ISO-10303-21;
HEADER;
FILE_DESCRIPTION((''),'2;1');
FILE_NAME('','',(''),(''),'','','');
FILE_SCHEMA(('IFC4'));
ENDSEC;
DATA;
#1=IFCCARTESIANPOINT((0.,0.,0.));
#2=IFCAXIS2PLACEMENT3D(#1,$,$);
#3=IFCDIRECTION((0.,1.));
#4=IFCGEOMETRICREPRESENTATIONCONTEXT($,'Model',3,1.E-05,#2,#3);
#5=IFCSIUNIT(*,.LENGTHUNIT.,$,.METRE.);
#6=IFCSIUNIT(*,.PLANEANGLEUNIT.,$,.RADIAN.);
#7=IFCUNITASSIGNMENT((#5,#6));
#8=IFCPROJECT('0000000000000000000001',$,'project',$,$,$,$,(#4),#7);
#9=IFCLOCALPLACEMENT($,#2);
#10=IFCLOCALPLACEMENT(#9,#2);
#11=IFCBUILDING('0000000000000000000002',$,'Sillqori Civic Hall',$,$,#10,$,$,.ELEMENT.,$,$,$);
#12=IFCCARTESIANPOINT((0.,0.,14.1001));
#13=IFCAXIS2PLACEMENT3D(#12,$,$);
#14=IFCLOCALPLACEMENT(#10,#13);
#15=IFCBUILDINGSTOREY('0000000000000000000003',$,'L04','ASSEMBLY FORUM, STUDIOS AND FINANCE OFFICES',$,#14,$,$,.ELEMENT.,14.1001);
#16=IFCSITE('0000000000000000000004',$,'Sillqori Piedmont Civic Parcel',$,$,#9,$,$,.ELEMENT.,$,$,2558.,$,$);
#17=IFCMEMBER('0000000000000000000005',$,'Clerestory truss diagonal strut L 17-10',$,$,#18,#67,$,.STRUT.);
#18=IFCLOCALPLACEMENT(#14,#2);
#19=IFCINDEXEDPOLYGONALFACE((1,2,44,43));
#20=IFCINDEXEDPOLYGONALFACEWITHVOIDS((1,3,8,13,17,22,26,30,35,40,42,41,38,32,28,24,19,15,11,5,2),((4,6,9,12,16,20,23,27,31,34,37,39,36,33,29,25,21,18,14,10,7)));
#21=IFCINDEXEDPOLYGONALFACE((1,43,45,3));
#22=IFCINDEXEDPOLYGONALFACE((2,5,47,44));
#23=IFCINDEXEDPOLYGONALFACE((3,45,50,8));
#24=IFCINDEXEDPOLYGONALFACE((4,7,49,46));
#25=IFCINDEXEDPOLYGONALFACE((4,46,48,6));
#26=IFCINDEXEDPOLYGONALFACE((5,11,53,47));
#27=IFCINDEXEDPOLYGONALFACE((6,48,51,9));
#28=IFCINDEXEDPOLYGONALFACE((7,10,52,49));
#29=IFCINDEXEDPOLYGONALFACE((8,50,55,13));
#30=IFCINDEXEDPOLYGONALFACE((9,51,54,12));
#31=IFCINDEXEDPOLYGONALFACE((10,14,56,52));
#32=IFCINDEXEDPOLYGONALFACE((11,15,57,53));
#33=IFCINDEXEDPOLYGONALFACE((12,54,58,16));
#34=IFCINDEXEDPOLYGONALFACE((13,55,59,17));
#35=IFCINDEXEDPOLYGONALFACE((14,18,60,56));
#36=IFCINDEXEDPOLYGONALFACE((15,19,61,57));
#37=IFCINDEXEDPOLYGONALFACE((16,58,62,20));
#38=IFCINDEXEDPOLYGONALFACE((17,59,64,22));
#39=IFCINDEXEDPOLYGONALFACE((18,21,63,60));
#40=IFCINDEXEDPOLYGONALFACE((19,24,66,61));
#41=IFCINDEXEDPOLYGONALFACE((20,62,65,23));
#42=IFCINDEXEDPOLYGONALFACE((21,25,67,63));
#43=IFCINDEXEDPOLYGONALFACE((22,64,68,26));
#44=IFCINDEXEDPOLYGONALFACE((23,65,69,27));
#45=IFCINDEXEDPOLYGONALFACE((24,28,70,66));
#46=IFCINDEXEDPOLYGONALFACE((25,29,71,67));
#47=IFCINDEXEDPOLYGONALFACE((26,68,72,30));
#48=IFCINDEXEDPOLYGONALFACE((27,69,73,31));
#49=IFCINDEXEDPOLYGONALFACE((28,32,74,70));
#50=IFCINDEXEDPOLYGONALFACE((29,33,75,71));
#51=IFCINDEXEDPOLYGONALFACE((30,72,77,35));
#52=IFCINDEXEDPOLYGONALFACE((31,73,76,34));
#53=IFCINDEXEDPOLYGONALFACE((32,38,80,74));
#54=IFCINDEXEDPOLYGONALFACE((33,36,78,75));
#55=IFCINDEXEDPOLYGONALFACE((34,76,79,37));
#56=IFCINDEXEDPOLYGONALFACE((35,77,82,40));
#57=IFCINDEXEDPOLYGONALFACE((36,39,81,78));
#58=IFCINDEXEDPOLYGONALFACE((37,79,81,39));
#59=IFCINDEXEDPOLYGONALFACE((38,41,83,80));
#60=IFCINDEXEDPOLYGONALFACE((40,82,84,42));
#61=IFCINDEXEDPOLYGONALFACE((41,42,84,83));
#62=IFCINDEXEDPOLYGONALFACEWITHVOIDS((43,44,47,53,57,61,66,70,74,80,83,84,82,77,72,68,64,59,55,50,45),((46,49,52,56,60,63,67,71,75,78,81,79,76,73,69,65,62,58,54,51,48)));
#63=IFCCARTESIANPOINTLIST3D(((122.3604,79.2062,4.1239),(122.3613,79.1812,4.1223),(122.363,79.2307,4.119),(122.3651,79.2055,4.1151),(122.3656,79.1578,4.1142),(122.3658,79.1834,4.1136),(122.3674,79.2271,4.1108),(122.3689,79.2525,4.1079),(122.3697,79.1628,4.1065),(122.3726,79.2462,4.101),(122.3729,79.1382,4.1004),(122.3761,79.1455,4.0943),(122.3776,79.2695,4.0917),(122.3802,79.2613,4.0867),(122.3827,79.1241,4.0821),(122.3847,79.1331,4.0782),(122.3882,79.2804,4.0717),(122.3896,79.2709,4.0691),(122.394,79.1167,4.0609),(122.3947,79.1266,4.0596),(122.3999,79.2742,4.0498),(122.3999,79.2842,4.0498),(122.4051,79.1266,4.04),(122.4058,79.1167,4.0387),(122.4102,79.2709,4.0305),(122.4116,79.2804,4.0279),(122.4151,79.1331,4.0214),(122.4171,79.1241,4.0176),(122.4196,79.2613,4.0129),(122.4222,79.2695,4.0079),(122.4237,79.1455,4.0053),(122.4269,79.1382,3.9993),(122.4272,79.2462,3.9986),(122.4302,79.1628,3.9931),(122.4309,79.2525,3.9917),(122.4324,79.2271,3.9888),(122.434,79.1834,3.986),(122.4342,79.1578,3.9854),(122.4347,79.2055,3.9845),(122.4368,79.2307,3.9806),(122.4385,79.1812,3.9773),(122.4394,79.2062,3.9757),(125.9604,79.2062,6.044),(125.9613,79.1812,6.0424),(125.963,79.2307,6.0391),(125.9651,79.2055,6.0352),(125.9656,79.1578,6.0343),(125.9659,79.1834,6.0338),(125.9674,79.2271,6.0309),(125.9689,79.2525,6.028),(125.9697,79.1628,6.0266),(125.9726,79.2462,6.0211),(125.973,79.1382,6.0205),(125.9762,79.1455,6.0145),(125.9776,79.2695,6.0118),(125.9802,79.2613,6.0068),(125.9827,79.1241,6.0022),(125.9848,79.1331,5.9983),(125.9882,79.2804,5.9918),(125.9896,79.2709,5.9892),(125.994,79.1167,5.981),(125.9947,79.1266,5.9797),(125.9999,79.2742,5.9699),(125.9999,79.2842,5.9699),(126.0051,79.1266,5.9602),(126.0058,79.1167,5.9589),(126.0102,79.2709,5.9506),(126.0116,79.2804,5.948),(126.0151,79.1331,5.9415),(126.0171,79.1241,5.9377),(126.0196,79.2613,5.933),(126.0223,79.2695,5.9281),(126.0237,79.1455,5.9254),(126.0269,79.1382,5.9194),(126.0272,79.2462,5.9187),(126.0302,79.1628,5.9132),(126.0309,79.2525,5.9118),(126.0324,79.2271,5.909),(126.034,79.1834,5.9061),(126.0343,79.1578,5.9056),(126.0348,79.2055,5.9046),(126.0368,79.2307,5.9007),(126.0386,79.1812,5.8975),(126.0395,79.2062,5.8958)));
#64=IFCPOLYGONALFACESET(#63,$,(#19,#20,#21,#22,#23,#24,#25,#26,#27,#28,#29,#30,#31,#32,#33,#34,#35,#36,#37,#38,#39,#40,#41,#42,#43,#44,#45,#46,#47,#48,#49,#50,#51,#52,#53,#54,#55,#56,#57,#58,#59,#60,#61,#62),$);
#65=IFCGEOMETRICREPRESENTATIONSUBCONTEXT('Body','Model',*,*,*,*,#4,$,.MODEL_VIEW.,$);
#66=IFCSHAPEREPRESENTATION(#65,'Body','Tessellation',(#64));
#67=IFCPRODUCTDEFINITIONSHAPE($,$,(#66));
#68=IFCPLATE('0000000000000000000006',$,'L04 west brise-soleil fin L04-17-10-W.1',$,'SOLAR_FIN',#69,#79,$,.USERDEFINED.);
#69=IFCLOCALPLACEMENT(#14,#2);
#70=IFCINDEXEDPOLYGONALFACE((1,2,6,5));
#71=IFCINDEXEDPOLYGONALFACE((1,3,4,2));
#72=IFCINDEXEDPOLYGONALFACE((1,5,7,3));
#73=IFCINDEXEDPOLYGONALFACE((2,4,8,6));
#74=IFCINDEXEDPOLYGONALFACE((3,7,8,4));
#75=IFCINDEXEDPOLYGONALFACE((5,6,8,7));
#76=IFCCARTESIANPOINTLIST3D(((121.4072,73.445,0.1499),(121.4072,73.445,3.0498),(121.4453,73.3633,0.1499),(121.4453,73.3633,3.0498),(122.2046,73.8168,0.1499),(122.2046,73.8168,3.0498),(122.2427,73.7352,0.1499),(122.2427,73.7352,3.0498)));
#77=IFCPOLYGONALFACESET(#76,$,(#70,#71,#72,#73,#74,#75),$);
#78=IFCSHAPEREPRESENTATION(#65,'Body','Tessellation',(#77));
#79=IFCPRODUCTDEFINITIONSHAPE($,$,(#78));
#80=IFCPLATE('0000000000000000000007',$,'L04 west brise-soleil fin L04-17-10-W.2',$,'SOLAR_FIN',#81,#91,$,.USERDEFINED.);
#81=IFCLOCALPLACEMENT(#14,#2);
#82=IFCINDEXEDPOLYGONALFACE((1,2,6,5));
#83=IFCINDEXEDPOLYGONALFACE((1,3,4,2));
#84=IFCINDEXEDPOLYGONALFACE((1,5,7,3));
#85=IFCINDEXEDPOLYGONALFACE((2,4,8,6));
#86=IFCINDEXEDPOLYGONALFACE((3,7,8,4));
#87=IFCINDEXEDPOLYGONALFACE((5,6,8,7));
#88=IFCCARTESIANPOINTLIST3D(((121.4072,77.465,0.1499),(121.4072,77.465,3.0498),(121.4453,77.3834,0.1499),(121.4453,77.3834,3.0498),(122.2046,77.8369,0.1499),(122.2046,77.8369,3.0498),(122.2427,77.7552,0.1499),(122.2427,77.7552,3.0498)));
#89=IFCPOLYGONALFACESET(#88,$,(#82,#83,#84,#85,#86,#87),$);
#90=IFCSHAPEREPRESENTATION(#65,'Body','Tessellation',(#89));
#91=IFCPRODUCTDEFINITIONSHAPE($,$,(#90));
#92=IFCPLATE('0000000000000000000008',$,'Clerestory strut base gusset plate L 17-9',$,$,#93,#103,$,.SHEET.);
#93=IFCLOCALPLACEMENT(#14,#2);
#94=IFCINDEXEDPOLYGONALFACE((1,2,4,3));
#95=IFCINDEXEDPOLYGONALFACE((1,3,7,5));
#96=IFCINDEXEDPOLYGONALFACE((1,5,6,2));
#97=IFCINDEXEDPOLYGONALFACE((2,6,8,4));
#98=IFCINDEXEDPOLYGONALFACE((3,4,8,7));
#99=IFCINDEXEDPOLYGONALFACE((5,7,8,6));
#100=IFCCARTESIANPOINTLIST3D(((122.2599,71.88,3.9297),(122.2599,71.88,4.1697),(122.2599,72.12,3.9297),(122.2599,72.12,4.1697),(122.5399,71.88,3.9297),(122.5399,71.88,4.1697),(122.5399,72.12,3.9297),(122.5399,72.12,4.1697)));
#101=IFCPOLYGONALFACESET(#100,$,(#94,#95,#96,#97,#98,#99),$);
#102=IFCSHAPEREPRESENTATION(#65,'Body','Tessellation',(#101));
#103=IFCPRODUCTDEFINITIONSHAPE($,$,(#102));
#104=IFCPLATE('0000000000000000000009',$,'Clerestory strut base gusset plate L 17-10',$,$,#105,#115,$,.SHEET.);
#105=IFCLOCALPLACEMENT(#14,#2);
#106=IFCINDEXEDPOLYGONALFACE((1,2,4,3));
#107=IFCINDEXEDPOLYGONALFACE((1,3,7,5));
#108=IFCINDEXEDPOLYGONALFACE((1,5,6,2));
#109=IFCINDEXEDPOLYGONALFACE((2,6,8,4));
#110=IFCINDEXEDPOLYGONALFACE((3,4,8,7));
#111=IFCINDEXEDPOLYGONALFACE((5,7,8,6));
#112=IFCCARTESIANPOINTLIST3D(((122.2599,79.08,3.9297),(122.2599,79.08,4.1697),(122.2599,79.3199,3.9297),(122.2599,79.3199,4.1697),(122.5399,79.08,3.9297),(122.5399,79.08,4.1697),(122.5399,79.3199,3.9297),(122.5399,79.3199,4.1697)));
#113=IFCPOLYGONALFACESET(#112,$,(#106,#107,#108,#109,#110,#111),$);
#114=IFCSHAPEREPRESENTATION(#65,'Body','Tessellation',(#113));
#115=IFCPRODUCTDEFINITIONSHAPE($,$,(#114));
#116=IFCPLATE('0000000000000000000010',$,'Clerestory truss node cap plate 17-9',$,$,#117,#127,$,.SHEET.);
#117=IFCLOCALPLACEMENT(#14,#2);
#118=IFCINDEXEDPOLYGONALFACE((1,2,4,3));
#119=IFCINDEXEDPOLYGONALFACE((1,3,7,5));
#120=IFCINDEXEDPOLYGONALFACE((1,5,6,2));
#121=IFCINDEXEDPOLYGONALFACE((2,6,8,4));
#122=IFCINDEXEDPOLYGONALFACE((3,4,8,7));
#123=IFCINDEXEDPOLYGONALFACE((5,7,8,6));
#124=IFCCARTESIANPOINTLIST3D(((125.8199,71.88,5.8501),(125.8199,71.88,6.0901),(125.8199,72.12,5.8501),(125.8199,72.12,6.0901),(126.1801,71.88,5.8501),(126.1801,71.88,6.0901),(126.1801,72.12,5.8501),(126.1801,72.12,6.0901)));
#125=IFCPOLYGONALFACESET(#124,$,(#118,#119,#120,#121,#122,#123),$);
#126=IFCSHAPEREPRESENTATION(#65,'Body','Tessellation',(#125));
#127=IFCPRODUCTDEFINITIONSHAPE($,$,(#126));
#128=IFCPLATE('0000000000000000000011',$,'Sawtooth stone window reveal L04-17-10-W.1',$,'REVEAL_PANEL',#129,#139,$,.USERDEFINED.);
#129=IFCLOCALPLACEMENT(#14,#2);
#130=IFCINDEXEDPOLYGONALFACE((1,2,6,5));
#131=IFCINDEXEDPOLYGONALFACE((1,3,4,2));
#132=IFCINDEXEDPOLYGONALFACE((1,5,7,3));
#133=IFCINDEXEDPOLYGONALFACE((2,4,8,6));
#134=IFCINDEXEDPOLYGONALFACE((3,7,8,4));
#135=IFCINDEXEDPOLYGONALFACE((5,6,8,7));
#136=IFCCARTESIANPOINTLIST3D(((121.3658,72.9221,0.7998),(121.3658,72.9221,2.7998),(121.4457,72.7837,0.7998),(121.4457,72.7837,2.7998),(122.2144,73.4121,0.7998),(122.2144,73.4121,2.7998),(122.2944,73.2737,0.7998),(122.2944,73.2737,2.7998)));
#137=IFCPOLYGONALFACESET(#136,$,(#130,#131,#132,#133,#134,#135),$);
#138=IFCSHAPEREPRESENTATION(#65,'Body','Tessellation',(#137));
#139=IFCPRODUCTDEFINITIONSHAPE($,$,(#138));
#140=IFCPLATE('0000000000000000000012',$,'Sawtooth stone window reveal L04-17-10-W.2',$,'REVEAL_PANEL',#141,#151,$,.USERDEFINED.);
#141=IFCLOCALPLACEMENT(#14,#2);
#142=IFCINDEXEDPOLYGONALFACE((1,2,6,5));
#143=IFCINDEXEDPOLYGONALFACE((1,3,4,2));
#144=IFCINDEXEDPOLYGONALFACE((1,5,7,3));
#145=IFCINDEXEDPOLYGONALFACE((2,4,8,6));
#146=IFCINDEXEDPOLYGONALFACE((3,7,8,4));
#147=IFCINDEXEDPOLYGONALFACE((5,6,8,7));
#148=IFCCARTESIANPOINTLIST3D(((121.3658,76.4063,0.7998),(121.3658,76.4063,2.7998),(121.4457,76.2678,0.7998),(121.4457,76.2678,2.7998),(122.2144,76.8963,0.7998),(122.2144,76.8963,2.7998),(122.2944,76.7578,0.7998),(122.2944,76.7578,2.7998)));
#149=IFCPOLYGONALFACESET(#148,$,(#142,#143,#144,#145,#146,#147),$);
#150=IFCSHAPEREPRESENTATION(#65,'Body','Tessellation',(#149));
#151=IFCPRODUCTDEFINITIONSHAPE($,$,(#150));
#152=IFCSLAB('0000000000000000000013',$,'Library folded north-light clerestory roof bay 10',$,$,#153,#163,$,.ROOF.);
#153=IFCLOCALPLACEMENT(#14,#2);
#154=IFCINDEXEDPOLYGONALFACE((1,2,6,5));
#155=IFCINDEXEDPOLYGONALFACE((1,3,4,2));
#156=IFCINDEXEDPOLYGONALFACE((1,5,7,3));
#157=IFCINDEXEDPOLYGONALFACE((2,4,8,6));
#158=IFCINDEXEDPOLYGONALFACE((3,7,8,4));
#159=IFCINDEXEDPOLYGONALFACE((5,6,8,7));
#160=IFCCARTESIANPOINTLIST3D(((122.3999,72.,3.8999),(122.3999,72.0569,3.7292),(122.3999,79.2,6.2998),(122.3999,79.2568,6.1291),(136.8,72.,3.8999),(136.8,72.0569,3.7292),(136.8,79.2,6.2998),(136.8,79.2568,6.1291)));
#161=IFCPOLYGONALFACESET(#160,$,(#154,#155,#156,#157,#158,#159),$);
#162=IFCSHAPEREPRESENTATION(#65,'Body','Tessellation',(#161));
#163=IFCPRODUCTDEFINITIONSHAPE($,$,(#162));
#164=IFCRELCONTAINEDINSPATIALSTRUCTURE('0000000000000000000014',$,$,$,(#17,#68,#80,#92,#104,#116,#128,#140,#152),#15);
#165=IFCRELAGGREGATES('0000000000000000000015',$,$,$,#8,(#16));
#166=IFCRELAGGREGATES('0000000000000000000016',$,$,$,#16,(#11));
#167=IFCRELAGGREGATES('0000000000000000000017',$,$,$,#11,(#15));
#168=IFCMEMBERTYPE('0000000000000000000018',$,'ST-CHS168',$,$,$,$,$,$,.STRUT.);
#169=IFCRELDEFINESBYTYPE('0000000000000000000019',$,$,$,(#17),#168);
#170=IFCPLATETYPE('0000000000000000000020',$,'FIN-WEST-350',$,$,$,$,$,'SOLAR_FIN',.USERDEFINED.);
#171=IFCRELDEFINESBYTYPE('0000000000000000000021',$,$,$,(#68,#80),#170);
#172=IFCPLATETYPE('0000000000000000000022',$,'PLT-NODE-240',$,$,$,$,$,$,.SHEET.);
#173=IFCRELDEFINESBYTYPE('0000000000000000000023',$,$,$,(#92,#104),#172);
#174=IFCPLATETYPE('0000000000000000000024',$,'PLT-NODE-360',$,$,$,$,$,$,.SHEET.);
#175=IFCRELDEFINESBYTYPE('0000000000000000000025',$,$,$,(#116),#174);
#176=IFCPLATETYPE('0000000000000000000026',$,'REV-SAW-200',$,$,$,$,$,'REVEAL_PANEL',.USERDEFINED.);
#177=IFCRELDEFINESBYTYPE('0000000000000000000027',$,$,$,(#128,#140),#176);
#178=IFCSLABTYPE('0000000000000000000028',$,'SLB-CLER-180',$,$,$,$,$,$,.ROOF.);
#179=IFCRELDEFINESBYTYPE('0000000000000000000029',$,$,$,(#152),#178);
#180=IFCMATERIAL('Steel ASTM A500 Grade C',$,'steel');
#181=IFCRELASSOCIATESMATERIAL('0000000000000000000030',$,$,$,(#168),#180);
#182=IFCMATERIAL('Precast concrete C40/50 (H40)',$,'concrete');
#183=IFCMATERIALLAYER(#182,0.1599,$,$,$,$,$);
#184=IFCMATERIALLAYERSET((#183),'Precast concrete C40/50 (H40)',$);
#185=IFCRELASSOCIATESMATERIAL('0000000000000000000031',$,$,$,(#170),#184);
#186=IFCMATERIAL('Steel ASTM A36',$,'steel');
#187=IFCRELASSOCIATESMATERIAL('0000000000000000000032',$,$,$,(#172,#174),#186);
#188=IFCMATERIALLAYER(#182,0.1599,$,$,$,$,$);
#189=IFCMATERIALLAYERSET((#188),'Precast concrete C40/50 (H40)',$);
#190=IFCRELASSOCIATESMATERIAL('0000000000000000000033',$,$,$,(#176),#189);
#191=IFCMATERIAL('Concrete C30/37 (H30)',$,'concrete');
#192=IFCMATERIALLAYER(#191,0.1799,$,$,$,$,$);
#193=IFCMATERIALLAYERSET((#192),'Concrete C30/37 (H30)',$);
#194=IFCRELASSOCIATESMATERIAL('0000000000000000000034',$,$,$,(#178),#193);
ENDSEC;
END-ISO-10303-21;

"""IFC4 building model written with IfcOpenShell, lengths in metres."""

from ifc_helpers import new_model, si_unit, direction, frame, origin, origin_2d, place, context, subcontext, project, spatial, polyline, rectangle, hollow_circle, outline, extrude, material, layer, layer_set, material_profile, profile_set, type_object, element, save


model = new_model("IFC4")

# Units and contexts
model_context = context("Model", 3, precision=1e-05, world=origin(), true_north=direction((0.0, 1.0)))
body_context = subcontext(model_context, "Body", "Model", "MODEL_VIEW")
ifc_project = project(units=[si_unit("LENGTHUNIT", "METRE"), si_unit("PLANEANGLEUNIT", "RADIAN")], contexts=[model_context])

# Site, building, storey
site_placement = place(None, origin())
site = spatial("IfcSite", under=ifc_project, at=site_placement, Name="Sillqori Piedmont Civic Parcel", CompositionType="ELEMENT", RefElevation=2558.0)
building_placement = place(site_placement, origin())
building = spatial("IfcBuilding", under=site, at=building_placement, Name="Sillqori Civic Hall", CompositionType="ELEMENT")
storey_placement = place(building_placement, frame((0.0, 0.0, 14.1001)))
storey = spatial("IfcBuildingStorey", under=building, at=storey_placement, Name="L04", Description="ASSEMBLY FORUM, STUDIOS AND FINANCE OFFICES", CompositionType="ELEMENT", Elevation=14.1001)

# Shared definitions
ifc_material_1 = material(Name="Steel ASTM A500 Grade C", Category="steel")

# Member
ifc_material_profile_1 = material_profile(ifc_material_1, hollow_circle(Radius=0.0842, WallThickness=0.01, at=origin_2d()), Name="CHS168X10")
ifc_profile_set_1 = profile_set([ifc_material_profile_1], Name="Steel ASTM A500 Grade C")
member_type_1 = type_object("IfcMemberType", Name="ST-CHS168", PredefinedType="STRUT", material=ifc_profile_set_1)
for number, where, z_axis, x_axis, name in (
    (1, (122.3999, 79.2, 4.0498), (0.882341, 0.0, 0.47061), (0.0, 1.0, 0.0), "Clerestory truss diagonal strut L 17-10"),
):
    element("IfcMember", number, at=place(storey_placement, frame(where, z_axis=z_axis, x_axis=x_axis)), inside=storey, type_object=member_type_1, Name=name, PredefinedType="STRUT", context=body_context, shape_type="SweptSolid", body=[
        extrude(hollow_circle(Radius=0.0842, WallThickness=0.01, at=origin_2d()), origin(), (0.0, 0.0, 1.0), 4.0801),
    ])

# Plates
ifc_material_2 = material(Name="Precast concrete C40/50 (H40)", Category="concrete")
ifc_layer_1 = layer(ifc_material_2, 0.1599)
ifc_layer_set_1 = layer_set([ifc_layer_1], Name="Precast concrete C40/50 (H40)")
plate_type_1 = type_object("IfcPlateType", Name="FIN-WEST-350", ElementType="SOLAR_FIN", PredefinedType="USERDEFINED", material=ifc_layer_set_1)
for number, where, z_axis, x_axis, name in (
    (2, (121.825, 73.5901, 0.1499), (0.0, 0.0, 1.0), (-0.422618, 0.906308, 0.0), "L04 west brise-soleil fin L04-17-10-W.1"),
    (3, (121.825, 77.6101, 0.1499), (0.0, 0.0, 1.0), (-0.422618, 0.906308, 0.0), "L04 west brise-soleil fin L04-17-10-W.2"),
):
    element("IfcPlate", number, at=place(storey_placement, frame(where, z_axis=z_axis, x_axis=x_axis)), inside=storey, type_object=plate_type_1, Name=name, ObjectType="SOLAR_FIN", PredefinedType="USERDEFINED", context=body_context, shape_type="SweptSolid", body=[
        extrude(rectangle(XDim=0.0901, YDim=0.8799, at=origin_2d()), origin(), (0.0, 0.0, 1.0), 2.8999),
    ])
ifc_material_3 = material(Name="Steel ASTM A36", Category="steel")
plate_type_2 = type_object("IfcPlateType", Name="PLT-NODE-240", PredefinedType="SHEET", material=ifc_material_3)
for number, where, z_axis, x_axis, name in (
    (4, (122.3999, 72.0, 3.9297), (0.0, 0.0, 1.0), (1.0, 0.0, 0.0), "Clerestory strut base gusset plate L 17-9"),
    (5, (122.3999, 79.2, 3.9297), (0.0, 0.0, 1.0), (1.0, 0.0, 0.0), "Clerestory strut base gusset plate L 17-10"),
):
    element("IfcPlate", number, at=place(storey_placement, frame(where, z_axis=z_axis, x_axis=x_axis)), inside=storey, type_object=plate_type_2, Name=name, PredefinedType="SHEET", context=body_context, shape_type="SweptSolid", body=[
        extrude(rectangle(XDim=0.28, YDim=0.24, at=origin_2d()), origin(), (0.0, 0.0, 1.0), 0.24),
    ])
plate_type_3 = type_object("IfcPlateType", Name="PLT-NODE-360", PredefinedType="SHEET", material=ifc_material_3)
plate_placement = place(storey_placement, frame((126.0, 72.0, 5.8501), z_axis=(0.0, 0.0, 1.0), x_axis=(1.0, 0.0, 0.0)))
element("IfcPlate", 6, at=plate_placement, inside=storey, type_object=plate_type_3, Name="Clerestory truss node cap plate 17-9", PredefinedType="SHEET", context=body_context, shape_type="SweptSolid", body=[
    extrude(rectangle(XDim=0.3601, YDim=0.24, at=origin_2d()), origin(), (0.0, 0.0, 1.0), 0.24),
])
ifc_layer_2 = layer(ifc_material_2, 0.1599)
ifc_layer_set_2 = layer_set([ifc_layer_2], Name="Precast concrete C40/50 (H40)")
plate_type_4 = type_object("IfcPlateType", Name="REV-SAW-200", ElementType="REVEAL_PANEL", PredefinedType="USERDEFINED", material=ifc_layer_set_2)
for number, where, z_axis, x_axis, name in (
    (7, (121.8301, 73.0979, 0.7998), (0.0, 0.0, 1.0), (-0.5, 0.866025, 0.0), "Sawtooth stone window reveal L04-17-10-W.1"),
    (8, (121.8301, 76.582, 0.7998), (0.0, 0.0, 1.0), (-0.5, 0.866025, 0.0), "Sawtooth stone window reveal L04-17-10-W.2"),
):
    element("IfcPlate", number, at=place(storey_placement, frame(where, z_axis=z_axis, x_axis=x_axis)), inside=storey, type_object=plate_type_4, Name=name, ObjectType="REVEAL_PANEL", PredefinedType="USERDEFINED", context=body_context, shape_type="SweptSolid", body=[
        extrude(rectangle(XDim=0.1599, YDim=0.98, at=origin_2d()), origin(), (0.0, 0.0, 1.0), 2.0),
    ])

# Slab
ifc_material_4 = material(Name="Concrete C30/37 (H30)", Category="concrete")
ifc_layer_3 = layer(ifc_material_4, 0.1799)
ifc_layer_set_3 = layer_set([ifc_layer_3], Name="Concrete C30/37 (H30)")
slab_type = type_object("IfcSlabType", Name="SLB-CLER-180", PredefinedType="ROOF", material=ifc_layer_set_3)
slab_placement = place(storey_placement, frame((122.3999, 72.0, 3.8999), z_axis=(0.0, -0.316218, 0.948687), x_axis=(1.0, 0.0, 0.0)))
element("IfcSlab", 9, at=slab_placement, inside=storey, type_object=slab_type, Name="Library folded north-light clerestory roof bay 10", PredefinedType="ROOF", context=body_context, shape_type="SweptSolid", body=[
    extrude(outline(polyline([(0.0, 0.0), (14.4001, 0.0), (14.4001, 7.5894), (0.0, 7.5894), (0.0, 0.0)])), origin(), (0.0, 0.0, -1.0), 0.1799),
])

save(model, "model.ifc")
